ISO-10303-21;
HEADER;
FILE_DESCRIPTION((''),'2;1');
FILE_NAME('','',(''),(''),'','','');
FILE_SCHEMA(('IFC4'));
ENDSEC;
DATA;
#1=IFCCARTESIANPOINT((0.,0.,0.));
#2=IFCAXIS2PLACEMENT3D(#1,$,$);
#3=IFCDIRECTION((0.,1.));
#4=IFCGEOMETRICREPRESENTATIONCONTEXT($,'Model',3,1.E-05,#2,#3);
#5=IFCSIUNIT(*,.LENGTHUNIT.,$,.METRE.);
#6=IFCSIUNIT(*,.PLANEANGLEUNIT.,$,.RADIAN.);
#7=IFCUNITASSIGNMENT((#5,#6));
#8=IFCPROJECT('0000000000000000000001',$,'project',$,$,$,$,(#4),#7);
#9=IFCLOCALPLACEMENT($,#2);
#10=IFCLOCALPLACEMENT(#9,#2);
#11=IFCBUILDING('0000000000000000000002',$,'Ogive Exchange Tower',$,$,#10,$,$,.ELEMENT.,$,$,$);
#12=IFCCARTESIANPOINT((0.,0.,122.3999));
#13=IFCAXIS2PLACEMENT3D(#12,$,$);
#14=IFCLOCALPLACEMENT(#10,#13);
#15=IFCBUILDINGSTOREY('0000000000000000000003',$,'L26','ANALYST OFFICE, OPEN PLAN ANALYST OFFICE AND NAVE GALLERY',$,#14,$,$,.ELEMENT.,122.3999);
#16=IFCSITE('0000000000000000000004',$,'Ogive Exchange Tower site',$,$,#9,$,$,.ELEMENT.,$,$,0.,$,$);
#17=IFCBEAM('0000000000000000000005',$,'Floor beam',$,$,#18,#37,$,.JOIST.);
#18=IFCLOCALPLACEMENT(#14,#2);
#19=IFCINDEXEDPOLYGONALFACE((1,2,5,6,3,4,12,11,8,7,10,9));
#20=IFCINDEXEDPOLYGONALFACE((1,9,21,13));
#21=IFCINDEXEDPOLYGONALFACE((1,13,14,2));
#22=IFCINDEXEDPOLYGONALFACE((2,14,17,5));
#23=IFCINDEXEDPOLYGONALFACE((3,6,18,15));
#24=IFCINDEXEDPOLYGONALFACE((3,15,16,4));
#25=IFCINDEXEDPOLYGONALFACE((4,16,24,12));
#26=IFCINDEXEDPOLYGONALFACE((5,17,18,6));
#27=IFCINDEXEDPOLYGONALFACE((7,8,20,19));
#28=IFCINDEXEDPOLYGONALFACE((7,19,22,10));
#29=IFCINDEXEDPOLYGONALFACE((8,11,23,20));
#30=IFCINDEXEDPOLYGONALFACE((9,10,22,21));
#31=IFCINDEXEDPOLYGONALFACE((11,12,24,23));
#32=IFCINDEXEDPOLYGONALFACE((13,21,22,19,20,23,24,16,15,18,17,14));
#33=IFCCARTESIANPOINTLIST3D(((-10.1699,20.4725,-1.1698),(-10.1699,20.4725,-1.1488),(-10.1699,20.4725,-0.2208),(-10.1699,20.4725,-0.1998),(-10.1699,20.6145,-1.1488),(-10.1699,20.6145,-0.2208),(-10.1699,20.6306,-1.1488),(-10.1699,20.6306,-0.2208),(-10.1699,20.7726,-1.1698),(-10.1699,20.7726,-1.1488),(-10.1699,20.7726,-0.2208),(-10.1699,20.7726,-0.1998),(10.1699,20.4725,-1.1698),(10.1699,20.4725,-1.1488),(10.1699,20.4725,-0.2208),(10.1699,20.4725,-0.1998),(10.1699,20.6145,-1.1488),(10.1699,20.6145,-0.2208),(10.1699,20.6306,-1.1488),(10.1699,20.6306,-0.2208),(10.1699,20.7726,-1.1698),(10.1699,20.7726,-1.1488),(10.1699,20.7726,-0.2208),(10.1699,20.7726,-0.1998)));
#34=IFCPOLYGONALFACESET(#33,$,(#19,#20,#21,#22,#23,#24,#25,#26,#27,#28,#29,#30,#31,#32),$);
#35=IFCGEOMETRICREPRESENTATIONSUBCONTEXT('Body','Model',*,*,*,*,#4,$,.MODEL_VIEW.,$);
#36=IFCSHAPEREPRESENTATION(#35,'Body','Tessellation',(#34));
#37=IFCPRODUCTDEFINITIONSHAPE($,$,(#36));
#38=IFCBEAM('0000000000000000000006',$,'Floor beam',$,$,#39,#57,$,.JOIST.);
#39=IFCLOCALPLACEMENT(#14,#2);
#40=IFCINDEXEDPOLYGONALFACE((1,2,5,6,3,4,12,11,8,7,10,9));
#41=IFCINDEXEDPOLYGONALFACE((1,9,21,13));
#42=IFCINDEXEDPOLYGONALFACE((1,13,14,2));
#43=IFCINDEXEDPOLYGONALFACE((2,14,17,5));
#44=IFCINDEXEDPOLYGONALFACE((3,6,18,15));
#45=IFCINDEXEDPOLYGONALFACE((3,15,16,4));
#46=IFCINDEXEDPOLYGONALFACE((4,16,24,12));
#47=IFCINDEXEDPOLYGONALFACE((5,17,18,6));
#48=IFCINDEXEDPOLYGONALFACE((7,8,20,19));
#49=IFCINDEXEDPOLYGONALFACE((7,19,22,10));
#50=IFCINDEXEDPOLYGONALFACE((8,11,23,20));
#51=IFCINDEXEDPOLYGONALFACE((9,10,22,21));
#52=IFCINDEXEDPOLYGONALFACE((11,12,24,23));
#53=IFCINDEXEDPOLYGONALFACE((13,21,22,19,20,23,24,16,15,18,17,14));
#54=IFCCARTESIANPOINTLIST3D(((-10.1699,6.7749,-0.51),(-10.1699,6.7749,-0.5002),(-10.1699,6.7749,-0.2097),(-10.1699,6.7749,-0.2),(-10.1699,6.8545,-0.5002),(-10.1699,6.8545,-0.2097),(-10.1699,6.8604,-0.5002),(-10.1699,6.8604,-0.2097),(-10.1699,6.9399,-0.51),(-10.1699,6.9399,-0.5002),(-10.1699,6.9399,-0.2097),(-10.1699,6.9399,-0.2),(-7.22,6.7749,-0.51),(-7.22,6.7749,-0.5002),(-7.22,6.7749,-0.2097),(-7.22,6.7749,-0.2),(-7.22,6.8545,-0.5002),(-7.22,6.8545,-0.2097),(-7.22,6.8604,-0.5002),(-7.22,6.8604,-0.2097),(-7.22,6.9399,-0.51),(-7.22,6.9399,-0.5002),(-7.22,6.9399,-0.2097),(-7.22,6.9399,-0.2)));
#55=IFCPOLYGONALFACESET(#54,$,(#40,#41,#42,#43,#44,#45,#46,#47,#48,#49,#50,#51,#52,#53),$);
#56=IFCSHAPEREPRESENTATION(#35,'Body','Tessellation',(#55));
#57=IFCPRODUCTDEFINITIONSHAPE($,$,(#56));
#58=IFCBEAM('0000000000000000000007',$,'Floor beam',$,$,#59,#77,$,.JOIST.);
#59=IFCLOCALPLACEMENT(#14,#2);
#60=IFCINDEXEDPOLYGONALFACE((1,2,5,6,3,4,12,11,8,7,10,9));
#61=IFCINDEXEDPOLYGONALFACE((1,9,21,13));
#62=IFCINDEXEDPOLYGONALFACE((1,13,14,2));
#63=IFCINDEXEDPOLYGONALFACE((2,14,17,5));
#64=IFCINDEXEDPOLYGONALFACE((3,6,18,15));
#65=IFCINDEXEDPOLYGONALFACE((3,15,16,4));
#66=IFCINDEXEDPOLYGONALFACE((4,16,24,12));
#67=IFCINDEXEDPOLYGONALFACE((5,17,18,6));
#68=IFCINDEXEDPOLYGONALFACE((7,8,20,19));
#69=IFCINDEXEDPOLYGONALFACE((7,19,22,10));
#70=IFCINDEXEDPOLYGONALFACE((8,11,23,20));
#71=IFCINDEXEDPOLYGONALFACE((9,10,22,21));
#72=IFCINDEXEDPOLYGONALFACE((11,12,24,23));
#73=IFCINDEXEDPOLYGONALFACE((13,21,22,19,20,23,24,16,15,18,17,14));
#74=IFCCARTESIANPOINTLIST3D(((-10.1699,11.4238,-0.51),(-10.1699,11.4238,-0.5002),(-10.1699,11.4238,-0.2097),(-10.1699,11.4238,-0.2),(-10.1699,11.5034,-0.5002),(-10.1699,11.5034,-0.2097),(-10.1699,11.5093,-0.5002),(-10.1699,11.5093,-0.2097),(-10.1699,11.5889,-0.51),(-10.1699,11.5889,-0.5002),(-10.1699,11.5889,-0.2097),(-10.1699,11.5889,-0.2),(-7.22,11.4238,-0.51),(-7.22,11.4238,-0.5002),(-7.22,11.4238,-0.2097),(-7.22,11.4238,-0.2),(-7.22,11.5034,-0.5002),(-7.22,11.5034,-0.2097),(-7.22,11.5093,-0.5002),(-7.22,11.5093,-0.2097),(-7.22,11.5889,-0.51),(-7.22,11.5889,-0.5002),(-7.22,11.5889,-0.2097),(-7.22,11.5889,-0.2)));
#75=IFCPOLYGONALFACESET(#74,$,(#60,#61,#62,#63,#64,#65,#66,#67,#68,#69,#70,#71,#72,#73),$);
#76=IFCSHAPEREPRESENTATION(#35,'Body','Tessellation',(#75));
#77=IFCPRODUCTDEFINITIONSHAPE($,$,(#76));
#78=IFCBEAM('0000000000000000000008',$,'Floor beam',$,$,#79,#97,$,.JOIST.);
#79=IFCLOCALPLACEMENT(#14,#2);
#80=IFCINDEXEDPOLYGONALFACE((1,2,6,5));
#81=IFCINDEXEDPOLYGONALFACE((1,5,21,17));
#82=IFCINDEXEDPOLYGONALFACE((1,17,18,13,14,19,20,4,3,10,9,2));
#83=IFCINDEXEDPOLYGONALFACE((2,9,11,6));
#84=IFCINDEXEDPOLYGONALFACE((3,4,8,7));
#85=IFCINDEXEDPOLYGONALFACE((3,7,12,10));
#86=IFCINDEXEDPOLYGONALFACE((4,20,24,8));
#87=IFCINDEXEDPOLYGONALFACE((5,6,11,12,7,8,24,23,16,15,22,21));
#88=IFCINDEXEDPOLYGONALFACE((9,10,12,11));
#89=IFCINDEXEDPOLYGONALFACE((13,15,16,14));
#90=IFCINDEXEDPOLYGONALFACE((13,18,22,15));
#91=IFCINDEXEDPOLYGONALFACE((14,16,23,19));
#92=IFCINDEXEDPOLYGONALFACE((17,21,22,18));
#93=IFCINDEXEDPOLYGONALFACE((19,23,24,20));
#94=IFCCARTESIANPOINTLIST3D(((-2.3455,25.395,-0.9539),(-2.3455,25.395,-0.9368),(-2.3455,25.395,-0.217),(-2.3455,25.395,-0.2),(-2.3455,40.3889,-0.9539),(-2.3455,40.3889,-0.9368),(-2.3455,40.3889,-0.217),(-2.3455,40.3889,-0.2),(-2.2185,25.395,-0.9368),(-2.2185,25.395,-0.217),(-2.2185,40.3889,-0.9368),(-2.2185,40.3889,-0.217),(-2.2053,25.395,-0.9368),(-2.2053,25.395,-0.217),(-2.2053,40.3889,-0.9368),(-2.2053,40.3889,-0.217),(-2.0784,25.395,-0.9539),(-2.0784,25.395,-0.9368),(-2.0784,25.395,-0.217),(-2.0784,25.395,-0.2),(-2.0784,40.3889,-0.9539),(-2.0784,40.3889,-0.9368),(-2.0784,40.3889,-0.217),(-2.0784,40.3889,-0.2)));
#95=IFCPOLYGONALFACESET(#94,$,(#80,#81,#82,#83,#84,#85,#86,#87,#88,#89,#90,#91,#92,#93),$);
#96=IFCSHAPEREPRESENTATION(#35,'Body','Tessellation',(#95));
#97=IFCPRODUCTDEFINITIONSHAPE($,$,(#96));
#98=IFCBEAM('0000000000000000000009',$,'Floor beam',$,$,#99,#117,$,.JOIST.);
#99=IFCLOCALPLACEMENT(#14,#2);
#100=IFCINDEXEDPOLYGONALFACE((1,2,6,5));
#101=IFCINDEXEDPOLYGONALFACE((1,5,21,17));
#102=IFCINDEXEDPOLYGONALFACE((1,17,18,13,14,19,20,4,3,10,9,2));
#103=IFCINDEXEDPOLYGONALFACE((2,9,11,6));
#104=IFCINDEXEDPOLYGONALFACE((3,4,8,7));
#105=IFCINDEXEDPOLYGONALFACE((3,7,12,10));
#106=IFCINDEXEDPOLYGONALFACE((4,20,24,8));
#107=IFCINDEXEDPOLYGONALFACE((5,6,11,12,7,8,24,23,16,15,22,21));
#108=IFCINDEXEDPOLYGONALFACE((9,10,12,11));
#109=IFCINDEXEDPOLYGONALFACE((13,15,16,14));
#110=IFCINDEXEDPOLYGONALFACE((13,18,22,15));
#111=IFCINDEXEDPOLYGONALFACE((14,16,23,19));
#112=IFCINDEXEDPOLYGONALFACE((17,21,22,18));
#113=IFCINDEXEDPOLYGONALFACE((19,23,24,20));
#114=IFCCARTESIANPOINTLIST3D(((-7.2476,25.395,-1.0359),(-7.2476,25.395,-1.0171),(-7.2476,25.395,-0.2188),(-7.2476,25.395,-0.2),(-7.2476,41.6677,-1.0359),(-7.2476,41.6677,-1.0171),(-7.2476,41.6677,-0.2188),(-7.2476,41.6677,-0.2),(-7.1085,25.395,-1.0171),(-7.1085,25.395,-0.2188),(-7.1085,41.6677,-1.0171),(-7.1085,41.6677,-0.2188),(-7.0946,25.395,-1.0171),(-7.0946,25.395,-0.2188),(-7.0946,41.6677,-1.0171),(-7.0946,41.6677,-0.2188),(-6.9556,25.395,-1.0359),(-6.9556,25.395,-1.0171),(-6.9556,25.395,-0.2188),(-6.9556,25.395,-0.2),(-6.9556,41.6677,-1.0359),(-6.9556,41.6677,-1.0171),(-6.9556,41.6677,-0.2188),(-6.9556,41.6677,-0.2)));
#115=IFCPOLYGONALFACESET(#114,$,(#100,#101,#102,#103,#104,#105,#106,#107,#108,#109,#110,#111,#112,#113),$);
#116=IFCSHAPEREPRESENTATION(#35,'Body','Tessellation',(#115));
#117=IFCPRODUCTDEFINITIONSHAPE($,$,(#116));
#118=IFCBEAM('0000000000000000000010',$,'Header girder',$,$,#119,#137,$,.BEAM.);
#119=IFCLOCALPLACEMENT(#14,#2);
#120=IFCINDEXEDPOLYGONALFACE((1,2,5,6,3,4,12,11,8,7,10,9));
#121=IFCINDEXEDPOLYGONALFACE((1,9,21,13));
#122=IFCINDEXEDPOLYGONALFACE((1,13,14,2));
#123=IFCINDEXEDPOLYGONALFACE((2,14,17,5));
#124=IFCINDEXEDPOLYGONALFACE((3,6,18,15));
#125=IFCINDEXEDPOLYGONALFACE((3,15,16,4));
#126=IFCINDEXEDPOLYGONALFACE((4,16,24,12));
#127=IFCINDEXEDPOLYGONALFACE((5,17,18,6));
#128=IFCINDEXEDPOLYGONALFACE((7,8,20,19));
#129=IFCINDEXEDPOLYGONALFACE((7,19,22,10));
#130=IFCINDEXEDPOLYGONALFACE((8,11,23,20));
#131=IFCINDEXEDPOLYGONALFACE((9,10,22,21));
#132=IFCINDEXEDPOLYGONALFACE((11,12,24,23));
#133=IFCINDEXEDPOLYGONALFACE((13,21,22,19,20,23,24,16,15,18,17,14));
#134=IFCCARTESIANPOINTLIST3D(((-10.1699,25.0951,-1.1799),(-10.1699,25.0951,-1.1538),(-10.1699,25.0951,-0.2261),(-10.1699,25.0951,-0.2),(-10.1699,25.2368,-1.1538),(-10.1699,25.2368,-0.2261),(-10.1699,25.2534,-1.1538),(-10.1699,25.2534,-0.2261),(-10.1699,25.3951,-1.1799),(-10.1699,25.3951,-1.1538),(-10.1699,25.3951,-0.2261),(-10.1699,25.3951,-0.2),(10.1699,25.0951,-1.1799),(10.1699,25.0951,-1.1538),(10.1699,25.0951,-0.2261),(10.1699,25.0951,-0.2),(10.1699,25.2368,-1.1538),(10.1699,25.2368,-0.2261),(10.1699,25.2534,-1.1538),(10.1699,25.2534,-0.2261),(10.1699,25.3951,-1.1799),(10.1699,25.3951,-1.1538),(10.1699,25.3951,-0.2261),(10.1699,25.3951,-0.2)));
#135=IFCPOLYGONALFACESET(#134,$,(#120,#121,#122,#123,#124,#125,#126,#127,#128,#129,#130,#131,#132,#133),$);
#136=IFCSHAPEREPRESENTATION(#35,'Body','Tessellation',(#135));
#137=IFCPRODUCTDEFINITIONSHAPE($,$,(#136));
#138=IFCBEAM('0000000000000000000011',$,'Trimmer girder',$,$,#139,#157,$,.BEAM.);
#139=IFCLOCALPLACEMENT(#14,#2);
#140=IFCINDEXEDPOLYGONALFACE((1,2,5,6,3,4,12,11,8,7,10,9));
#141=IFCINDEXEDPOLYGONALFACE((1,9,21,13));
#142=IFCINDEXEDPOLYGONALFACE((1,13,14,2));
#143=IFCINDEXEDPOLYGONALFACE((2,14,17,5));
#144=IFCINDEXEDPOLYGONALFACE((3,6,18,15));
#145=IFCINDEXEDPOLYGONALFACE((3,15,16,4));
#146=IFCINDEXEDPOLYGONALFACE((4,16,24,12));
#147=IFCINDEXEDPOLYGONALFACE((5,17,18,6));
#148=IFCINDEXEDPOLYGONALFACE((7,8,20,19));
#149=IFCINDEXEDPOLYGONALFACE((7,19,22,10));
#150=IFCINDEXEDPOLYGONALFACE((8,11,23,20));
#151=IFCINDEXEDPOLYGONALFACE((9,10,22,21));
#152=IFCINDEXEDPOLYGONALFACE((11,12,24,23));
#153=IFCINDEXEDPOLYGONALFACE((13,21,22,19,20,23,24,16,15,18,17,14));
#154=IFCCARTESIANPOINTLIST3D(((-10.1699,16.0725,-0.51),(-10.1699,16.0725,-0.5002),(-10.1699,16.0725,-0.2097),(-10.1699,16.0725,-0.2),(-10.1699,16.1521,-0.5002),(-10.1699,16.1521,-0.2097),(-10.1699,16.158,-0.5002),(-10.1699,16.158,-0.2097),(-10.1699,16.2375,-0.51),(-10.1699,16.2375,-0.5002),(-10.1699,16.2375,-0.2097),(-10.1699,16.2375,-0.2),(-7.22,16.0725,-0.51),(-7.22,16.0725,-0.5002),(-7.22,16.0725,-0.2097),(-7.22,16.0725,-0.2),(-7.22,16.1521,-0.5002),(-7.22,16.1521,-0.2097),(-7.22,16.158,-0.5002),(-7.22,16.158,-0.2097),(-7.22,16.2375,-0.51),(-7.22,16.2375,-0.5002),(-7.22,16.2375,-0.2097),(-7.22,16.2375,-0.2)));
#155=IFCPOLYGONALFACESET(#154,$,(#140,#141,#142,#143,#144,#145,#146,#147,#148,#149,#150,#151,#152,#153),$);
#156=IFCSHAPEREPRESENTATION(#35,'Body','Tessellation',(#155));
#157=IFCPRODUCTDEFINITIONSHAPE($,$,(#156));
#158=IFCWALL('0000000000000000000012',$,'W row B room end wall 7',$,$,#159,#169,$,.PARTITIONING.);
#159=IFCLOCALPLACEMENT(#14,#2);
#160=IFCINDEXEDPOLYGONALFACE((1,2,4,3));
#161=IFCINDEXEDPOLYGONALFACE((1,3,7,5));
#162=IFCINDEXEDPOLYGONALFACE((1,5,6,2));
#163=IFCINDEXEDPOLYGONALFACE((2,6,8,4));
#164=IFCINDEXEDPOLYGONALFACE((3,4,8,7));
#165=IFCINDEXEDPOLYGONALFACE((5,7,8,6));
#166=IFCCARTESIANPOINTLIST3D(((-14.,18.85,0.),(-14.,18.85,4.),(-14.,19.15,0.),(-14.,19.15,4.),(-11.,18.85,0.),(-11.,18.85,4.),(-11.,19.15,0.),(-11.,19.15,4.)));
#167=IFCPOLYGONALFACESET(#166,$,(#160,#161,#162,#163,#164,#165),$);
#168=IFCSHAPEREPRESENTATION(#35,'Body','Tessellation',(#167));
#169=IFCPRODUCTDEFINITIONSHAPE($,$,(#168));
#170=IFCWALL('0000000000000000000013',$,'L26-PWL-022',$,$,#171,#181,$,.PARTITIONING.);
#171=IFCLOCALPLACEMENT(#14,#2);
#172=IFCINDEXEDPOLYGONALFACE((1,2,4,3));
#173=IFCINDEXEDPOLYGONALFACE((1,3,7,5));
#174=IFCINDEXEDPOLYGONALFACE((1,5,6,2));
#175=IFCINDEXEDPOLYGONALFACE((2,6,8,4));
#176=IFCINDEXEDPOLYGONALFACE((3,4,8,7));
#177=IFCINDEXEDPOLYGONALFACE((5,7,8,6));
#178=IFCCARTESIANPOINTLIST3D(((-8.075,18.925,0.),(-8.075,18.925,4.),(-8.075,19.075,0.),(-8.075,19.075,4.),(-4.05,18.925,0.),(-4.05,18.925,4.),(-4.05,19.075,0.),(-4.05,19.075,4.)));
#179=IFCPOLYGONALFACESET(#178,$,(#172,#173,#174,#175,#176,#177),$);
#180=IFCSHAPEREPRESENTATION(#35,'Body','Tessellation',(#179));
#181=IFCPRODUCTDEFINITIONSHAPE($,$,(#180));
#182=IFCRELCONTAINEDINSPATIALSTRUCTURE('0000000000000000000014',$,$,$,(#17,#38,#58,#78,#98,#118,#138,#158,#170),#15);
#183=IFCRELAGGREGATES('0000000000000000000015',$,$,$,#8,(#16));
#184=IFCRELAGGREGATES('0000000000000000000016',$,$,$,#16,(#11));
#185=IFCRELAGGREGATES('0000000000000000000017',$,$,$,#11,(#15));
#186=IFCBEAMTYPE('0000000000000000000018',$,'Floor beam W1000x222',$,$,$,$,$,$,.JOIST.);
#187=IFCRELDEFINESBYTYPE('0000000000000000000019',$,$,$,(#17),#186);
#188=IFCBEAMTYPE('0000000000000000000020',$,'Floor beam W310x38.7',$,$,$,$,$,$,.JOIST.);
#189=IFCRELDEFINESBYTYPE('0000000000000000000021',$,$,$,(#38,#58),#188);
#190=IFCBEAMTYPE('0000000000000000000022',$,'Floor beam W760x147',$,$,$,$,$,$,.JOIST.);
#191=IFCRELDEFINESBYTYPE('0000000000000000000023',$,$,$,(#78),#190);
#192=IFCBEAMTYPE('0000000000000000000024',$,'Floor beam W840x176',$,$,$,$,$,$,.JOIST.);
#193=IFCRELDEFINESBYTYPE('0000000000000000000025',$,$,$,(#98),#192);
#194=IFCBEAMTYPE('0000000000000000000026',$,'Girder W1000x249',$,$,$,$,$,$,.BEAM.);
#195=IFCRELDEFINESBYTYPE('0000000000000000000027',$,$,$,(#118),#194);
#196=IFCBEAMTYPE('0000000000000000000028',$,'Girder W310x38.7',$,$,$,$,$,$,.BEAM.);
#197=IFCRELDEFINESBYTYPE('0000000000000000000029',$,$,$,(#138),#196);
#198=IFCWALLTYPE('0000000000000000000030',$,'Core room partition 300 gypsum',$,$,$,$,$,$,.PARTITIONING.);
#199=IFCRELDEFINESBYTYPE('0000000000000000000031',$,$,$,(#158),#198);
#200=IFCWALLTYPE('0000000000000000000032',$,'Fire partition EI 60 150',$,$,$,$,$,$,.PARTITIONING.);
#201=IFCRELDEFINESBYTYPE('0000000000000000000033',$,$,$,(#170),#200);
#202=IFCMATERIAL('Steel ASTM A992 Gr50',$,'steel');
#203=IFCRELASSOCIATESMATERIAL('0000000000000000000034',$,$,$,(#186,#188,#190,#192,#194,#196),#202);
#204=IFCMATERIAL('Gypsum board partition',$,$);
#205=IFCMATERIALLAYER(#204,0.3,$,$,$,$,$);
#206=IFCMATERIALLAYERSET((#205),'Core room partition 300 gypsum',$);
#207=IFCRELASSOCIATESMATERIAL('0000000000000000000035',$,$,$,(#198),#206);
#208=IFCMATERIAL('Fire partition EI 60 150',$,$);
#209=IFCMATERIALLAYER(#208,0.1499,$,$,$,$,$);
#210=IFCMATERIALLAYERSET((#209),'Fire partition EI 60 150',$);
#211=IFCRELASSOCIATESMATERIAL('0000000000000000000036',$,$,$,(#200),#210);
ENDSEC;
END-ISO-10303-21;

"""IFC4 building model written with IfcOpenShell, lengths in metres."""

from ifc_helpers import new_model, si_unit, direction, frame, frame_2d, origin, origin_2d, place, context, subcontext, project, spatial, rectangle, i_section, extrude, material, layer, layer_set, material_profile, profile_set, type_object, element, save


model = new_model("IFC4")

# Units and contexts
model_context = context("Model", 3, precision=1e-05, world=origin(), true_north=direction((0.0, 1.0)))
body_context = subcontext(model_context, "Body", "Model", "MODEL_VIEW")
ifc_project = project(units=[si_unit("LENGTHUNIT", "METRE"), si_unit("PLANEANGLEUNIT", "RADIAN")], contexts=[model_context])

# Site, building, storey
site_placement = place(None, origin())
site = spatial("IfcSite", under=ifc_project, at=site_placement, Name="Ogive Exchange Tower site", CompositionType="ELEMENT", RefElevation=0.0)
building_placement = place(site_placement, origin())
building = spatial("IfcBuilding", under=site, at=building_placement, Name="Ogive Exchange Tower", CompositionType="ELEMENT")
storey_placement = place(building_placement, frame((0.0, 0.0, 122.3999)))
storey = spatial("IfcBuildingStorey", under=building, at=storey_placement, Name="L26", Description="ANALYST OFFICE, OPEN PLAN ANALYST OFFICE AND NAVE GALLERY", CompositionType="ELEMENT", Elevation=122.3999)

# Beams
ifc_material_1 = material(Name="Steel ASTM A992 Gr50", Category="steel")
ifc_material_profile_1 = material_profile(ifc_material_1, i_section(OverallWidth=0.3, OverallDepth=0.97, WebThickness=0.0161, FlangeThickness=0.021, at=origin_2d()), Name="W1000x222")
ifc_profile_set_1 = profile_set([ifc_material_profile_1], Name="Steel ASTM A992 Gr50")
beam_type_1 = type_object("IfcBeamType", Name="Floor beam W1000x222", PredefinedType="JOIST", material=ifc_profile_set_1)
beam_1_placement = place(storey_placement, frame((-10.1699, 20.6226, -0.6848), z_axis=(1.0, 0.0, 0.0), x_axis=(0.0, 1.0, 0.0)))
element("IfcBeam", 1, at=beam_1_placement, inside=storey, type_object=beam_type_1, Name="Floor beam", PredefinedType="JOIST", context=body_context, shape_type="SweptSolid", body=[
    extrude(i_section(OverallWidth=0.3, OverallDepth=0.97, WebThickness=0.0161, FlangeThickness=0.021, at=origin_2d()), origin(), (0.0, 0.0, 1.0), 20.3398),
])
ifc_material_profile_2 = material_profile(ifc_material_1, i_section(OverallWidth=0.165, OverallDepth=0.3101, WebThickness=0.0059, FlangeThickness=0.0098, at=origin_2d()), Name="W310x38.7")
ifc_profile_set_2 = profile_set([ifc_material_profile_2], Name="Steel ASTM A992 Gr50")
beam_type_2 = type_object("IfcBeamType", Name="Floor beam W310x38.7", PredefinedType="JOIST", material=ifc_profile_set_2)
for number, where, z_axis, x_axis, name in (
    (2, (-10.1699, 6.8574, -0.355), (1.0, 0.0, 0.0), (0.0, 1.0, 0.0), "Floor beam"),
    (3, (-10.1699, 11.5063, -0.355), (1.0, 0.0, 0.0), (0.0, 1.0, 0.0), "Floor beam"),
):
    element("IfcBeam", number, at=place(storey_placement, frame(where, z_axis=z_axis, x_axis=x_axis)), inside=storey, type_object=beam_type_2, Name=name, PredefinedType="JOIST", context=body_context, shape_type="SweptSolid", body=[
        extrude(i_section(OverallWidth=0.165, OverallDepth=0.3101, WebThickness=0.0059, FlangeThickness=0.0098, at=origin_2d()), origin(), (0.0, 0.0, 1.0), 2.95),
    ])
ifc_material_profile_3 = material_profile(ifc_material_1, i_section(OverallWidth=0.2671, OverallDepth=0.7539, WebThickness=0.0132, FlangeThickness=0.0171, at=origin_2d()), Name="W760x147")
ifc_profile_set_3 = profile_set([ifc_material_profile_3], Name="Steel ASTM A992 Gr50")
beam_type_3 = type_object("IfcBeamType", Name="Floor beam W760x147", PredefinedType="JOIST", material=ifc_profile_set_3)
beam_2_placement = place(storey_placement, frame((-2.2119, 25.395, -0.5769), z_axis=(0.0, 1.0, 0.0), x_axis=(-1.0, 0.0, 0.0)))
element("IfcBeam", 4, at=beam_2_placement, inside=storey, type_object=beam_type_3, Name="Floor beam", PredefinedType="JOIST", context=body_context, shape_type="SweptSolid", body=[
    extrude(i_section(OverallWidth=0.2671, OverallDepth=0.7539, WebThickness=0.0132, FlangeThickness=0.0171, at=origin_2d()), origin(), (0.0, 0.0, 1.0), 14.9939),
])
ifc_material_profile_4 = material_profile(ifc_material_1, i_section(OverallWidth=0.292, OverallDepth=0.8359, WebThickness=0.0139, FlangeThickness=0.0188, at=origin_2d()), Name="W840x176")
ifc_profile_set_4 = profile_set([ifc_material_profile_4], Name="Steel ASTM A992 Gr50")
beam_type_4 = type_object("IfcBeamType", Name="Floor beam W840x176", PredefinedType="JOIST", material=ifc_profile_set_4)
beam_3_placement = place(storey_placement, frame((-7.1016, 25.395, -0.6179), z_axis=(0.0, 1.0, 0.0), x_axis=(-1.0, 0.0, 0.0)))
element("IfcBeam", 5, at=beam_3_placement, inside=storey, type_object=beam_type_4, Name="Floor beam", PredefinedType="JOIST", context=body_context, shape_type="SweptSolid", body=[
    extrude(i_section(OverallWidth=0.292, OverallDepth=0.8359, WebThickness=0.0139, FlangeThickness=0.0188, at=origin_2d()), origin(), (0.0, 0.0, 1.0), 16.2727),
])
ifc_material_profile_5 = material_profile(ifc_material_1, i_section(OverallWidth=0.3, OverallDepth=0.98, WebThickness=0.0166, FlangeThickness=0.0261, at=origin_2d()), Name="W1000x249")
ifc_profile_set_5 = profile_set([ifc_material_profile_5], Name="Steel ASTM A992 Gr50")
beam_type_5 = type_object("IfcBeamType", Name="Girder W1000x249", PredefinedType="BEAM", material=ifc_profile_set_5)
beam_4_placement = place(storey_placement, frame((-10.1699, 25.2451, -0.6899), z_axis=(1.0, 0.0, 0.0), x_axis=(0.0, 1.0, 0.0)))
element("IfcBeam", 6, at=beam_4_placement, inside=storey, type_object=beam_type_5, Name="Header girder", PredefinedType="BEAM", context=body_context, shape_type="SweptSolid", body=[
    extrude(i_section(OverallWidth=0.3, OverallDepth=0.98, WebThickness=0.0166, FlangeThickness=0.0261, at=origin_2d()), origin(), (0.0, 0.0, 1.0), 20.3398),
])
ifc_material_profile_6 = material_profile(ifc_material_1, i_section(OverallWidth=0.165, OverallDepth=0.3101, WebThickness=0.0059, FlangeThickness=0.0098, at=origin_2d()), Name="W310x38.7")
ifc_profile_set_6 = profile_set([ifc_material_profile_6], Name="Steel ASTM A992 Gr50")
beam_type_6 = type_object("IfcBeamType", Name="Girder W310x38.7", PredefinedType="BEAM", material=ifc_profile_set_6)
beam_5_placement = place(storey_placement, frame((-10.1699, 16.155, -0.355), z_axis=(1.0, 0.0, 0.0), x_axis=(0.0, 1.0, 0.0)))
element("IfcBeam", 7, at=beam_5_placement, inside=storey, type_object=beam_type_6, Name="Trimmer girder", PredefinedType="BEAM", context=body_context, shape_type="SweptSolid", body=[
    extrude(i_section(OverallWidth=0.165, OverallDepth=0.3101, WebThickness=0.0059, FlangeThickness=0.0098, at=origin_2d()), origin(), (0.0, 0.0, 1.0), 2.95),
])

# Walls
ifc_material_2 = material(Name="Gypsum board partition")
ifc_layer_1 = layer(ifc_material_2, 0.3)
ifc_layer_set_1 = layer_set([ifc_layer_1], Name="Core room partition 300 gypsum")
wall_type_1 = type_object("IfcWallType", Name="Core room partition 300 gypsum", PredefinedType="PARTITIONING", material=ifc_layer_set_1)
wall_1_placement = place(storey_placement, frame((-14.0, 19.0, 0.0), z_axis=(0.0, 0.0, 1.0), x_axis=(1.0, 0.0, 0.0)))
element("IfcWall", 8, at=wall_1_placement, inside=storey, type_object=wall_type_1, Name="W row B room end wall 7", PredefinedType="PARTITIONING", context=body_context, shape_type="SweptSolid", body=[
    extrude(rectangle(XDim=3.0, YDim=0.3, at=frame_2d((1.5, 0.0))), origin(), (0.0, 0.0, 1.0), 4.0),
])
ifc_material_3 = material(Name="Fire partition EI 60 150")
ifc_layer_2 = layer(ifc_material_3, 0.1499)
ifc_layer_set_2 = layer_set([ifc_layer_2], Name="Fire partition EI 60 150")
wall_type_2 = type_object("IfcWallType", Name="Fire partition EI 60 150", PredefinedType="PARTITIONING", material=ifc_layer_set_2)
wall_2_placement = place(storey_placement, frame((-8.075, 19.0, 0.0), z_axis=(0.0, 0.0, 1.0), x_axis=(1.0, 0.0, 0.0)))
element("IfcWall", 9, at=wall_2_placement, inside=storey, type_object=wall_type_2, Name="L26-PWL-022", PredefinedType="PARTITIONING", context=body_context, shape_type="SweptSolid", body=[
    extrude(rectangle(XDim=4.0249, YDim=0.1499, at=frame_2d((2.0125, 0.0))), origin(), (0.0, 0.0, 1.0), 4.0),
])

save(model, "model.ifc")
